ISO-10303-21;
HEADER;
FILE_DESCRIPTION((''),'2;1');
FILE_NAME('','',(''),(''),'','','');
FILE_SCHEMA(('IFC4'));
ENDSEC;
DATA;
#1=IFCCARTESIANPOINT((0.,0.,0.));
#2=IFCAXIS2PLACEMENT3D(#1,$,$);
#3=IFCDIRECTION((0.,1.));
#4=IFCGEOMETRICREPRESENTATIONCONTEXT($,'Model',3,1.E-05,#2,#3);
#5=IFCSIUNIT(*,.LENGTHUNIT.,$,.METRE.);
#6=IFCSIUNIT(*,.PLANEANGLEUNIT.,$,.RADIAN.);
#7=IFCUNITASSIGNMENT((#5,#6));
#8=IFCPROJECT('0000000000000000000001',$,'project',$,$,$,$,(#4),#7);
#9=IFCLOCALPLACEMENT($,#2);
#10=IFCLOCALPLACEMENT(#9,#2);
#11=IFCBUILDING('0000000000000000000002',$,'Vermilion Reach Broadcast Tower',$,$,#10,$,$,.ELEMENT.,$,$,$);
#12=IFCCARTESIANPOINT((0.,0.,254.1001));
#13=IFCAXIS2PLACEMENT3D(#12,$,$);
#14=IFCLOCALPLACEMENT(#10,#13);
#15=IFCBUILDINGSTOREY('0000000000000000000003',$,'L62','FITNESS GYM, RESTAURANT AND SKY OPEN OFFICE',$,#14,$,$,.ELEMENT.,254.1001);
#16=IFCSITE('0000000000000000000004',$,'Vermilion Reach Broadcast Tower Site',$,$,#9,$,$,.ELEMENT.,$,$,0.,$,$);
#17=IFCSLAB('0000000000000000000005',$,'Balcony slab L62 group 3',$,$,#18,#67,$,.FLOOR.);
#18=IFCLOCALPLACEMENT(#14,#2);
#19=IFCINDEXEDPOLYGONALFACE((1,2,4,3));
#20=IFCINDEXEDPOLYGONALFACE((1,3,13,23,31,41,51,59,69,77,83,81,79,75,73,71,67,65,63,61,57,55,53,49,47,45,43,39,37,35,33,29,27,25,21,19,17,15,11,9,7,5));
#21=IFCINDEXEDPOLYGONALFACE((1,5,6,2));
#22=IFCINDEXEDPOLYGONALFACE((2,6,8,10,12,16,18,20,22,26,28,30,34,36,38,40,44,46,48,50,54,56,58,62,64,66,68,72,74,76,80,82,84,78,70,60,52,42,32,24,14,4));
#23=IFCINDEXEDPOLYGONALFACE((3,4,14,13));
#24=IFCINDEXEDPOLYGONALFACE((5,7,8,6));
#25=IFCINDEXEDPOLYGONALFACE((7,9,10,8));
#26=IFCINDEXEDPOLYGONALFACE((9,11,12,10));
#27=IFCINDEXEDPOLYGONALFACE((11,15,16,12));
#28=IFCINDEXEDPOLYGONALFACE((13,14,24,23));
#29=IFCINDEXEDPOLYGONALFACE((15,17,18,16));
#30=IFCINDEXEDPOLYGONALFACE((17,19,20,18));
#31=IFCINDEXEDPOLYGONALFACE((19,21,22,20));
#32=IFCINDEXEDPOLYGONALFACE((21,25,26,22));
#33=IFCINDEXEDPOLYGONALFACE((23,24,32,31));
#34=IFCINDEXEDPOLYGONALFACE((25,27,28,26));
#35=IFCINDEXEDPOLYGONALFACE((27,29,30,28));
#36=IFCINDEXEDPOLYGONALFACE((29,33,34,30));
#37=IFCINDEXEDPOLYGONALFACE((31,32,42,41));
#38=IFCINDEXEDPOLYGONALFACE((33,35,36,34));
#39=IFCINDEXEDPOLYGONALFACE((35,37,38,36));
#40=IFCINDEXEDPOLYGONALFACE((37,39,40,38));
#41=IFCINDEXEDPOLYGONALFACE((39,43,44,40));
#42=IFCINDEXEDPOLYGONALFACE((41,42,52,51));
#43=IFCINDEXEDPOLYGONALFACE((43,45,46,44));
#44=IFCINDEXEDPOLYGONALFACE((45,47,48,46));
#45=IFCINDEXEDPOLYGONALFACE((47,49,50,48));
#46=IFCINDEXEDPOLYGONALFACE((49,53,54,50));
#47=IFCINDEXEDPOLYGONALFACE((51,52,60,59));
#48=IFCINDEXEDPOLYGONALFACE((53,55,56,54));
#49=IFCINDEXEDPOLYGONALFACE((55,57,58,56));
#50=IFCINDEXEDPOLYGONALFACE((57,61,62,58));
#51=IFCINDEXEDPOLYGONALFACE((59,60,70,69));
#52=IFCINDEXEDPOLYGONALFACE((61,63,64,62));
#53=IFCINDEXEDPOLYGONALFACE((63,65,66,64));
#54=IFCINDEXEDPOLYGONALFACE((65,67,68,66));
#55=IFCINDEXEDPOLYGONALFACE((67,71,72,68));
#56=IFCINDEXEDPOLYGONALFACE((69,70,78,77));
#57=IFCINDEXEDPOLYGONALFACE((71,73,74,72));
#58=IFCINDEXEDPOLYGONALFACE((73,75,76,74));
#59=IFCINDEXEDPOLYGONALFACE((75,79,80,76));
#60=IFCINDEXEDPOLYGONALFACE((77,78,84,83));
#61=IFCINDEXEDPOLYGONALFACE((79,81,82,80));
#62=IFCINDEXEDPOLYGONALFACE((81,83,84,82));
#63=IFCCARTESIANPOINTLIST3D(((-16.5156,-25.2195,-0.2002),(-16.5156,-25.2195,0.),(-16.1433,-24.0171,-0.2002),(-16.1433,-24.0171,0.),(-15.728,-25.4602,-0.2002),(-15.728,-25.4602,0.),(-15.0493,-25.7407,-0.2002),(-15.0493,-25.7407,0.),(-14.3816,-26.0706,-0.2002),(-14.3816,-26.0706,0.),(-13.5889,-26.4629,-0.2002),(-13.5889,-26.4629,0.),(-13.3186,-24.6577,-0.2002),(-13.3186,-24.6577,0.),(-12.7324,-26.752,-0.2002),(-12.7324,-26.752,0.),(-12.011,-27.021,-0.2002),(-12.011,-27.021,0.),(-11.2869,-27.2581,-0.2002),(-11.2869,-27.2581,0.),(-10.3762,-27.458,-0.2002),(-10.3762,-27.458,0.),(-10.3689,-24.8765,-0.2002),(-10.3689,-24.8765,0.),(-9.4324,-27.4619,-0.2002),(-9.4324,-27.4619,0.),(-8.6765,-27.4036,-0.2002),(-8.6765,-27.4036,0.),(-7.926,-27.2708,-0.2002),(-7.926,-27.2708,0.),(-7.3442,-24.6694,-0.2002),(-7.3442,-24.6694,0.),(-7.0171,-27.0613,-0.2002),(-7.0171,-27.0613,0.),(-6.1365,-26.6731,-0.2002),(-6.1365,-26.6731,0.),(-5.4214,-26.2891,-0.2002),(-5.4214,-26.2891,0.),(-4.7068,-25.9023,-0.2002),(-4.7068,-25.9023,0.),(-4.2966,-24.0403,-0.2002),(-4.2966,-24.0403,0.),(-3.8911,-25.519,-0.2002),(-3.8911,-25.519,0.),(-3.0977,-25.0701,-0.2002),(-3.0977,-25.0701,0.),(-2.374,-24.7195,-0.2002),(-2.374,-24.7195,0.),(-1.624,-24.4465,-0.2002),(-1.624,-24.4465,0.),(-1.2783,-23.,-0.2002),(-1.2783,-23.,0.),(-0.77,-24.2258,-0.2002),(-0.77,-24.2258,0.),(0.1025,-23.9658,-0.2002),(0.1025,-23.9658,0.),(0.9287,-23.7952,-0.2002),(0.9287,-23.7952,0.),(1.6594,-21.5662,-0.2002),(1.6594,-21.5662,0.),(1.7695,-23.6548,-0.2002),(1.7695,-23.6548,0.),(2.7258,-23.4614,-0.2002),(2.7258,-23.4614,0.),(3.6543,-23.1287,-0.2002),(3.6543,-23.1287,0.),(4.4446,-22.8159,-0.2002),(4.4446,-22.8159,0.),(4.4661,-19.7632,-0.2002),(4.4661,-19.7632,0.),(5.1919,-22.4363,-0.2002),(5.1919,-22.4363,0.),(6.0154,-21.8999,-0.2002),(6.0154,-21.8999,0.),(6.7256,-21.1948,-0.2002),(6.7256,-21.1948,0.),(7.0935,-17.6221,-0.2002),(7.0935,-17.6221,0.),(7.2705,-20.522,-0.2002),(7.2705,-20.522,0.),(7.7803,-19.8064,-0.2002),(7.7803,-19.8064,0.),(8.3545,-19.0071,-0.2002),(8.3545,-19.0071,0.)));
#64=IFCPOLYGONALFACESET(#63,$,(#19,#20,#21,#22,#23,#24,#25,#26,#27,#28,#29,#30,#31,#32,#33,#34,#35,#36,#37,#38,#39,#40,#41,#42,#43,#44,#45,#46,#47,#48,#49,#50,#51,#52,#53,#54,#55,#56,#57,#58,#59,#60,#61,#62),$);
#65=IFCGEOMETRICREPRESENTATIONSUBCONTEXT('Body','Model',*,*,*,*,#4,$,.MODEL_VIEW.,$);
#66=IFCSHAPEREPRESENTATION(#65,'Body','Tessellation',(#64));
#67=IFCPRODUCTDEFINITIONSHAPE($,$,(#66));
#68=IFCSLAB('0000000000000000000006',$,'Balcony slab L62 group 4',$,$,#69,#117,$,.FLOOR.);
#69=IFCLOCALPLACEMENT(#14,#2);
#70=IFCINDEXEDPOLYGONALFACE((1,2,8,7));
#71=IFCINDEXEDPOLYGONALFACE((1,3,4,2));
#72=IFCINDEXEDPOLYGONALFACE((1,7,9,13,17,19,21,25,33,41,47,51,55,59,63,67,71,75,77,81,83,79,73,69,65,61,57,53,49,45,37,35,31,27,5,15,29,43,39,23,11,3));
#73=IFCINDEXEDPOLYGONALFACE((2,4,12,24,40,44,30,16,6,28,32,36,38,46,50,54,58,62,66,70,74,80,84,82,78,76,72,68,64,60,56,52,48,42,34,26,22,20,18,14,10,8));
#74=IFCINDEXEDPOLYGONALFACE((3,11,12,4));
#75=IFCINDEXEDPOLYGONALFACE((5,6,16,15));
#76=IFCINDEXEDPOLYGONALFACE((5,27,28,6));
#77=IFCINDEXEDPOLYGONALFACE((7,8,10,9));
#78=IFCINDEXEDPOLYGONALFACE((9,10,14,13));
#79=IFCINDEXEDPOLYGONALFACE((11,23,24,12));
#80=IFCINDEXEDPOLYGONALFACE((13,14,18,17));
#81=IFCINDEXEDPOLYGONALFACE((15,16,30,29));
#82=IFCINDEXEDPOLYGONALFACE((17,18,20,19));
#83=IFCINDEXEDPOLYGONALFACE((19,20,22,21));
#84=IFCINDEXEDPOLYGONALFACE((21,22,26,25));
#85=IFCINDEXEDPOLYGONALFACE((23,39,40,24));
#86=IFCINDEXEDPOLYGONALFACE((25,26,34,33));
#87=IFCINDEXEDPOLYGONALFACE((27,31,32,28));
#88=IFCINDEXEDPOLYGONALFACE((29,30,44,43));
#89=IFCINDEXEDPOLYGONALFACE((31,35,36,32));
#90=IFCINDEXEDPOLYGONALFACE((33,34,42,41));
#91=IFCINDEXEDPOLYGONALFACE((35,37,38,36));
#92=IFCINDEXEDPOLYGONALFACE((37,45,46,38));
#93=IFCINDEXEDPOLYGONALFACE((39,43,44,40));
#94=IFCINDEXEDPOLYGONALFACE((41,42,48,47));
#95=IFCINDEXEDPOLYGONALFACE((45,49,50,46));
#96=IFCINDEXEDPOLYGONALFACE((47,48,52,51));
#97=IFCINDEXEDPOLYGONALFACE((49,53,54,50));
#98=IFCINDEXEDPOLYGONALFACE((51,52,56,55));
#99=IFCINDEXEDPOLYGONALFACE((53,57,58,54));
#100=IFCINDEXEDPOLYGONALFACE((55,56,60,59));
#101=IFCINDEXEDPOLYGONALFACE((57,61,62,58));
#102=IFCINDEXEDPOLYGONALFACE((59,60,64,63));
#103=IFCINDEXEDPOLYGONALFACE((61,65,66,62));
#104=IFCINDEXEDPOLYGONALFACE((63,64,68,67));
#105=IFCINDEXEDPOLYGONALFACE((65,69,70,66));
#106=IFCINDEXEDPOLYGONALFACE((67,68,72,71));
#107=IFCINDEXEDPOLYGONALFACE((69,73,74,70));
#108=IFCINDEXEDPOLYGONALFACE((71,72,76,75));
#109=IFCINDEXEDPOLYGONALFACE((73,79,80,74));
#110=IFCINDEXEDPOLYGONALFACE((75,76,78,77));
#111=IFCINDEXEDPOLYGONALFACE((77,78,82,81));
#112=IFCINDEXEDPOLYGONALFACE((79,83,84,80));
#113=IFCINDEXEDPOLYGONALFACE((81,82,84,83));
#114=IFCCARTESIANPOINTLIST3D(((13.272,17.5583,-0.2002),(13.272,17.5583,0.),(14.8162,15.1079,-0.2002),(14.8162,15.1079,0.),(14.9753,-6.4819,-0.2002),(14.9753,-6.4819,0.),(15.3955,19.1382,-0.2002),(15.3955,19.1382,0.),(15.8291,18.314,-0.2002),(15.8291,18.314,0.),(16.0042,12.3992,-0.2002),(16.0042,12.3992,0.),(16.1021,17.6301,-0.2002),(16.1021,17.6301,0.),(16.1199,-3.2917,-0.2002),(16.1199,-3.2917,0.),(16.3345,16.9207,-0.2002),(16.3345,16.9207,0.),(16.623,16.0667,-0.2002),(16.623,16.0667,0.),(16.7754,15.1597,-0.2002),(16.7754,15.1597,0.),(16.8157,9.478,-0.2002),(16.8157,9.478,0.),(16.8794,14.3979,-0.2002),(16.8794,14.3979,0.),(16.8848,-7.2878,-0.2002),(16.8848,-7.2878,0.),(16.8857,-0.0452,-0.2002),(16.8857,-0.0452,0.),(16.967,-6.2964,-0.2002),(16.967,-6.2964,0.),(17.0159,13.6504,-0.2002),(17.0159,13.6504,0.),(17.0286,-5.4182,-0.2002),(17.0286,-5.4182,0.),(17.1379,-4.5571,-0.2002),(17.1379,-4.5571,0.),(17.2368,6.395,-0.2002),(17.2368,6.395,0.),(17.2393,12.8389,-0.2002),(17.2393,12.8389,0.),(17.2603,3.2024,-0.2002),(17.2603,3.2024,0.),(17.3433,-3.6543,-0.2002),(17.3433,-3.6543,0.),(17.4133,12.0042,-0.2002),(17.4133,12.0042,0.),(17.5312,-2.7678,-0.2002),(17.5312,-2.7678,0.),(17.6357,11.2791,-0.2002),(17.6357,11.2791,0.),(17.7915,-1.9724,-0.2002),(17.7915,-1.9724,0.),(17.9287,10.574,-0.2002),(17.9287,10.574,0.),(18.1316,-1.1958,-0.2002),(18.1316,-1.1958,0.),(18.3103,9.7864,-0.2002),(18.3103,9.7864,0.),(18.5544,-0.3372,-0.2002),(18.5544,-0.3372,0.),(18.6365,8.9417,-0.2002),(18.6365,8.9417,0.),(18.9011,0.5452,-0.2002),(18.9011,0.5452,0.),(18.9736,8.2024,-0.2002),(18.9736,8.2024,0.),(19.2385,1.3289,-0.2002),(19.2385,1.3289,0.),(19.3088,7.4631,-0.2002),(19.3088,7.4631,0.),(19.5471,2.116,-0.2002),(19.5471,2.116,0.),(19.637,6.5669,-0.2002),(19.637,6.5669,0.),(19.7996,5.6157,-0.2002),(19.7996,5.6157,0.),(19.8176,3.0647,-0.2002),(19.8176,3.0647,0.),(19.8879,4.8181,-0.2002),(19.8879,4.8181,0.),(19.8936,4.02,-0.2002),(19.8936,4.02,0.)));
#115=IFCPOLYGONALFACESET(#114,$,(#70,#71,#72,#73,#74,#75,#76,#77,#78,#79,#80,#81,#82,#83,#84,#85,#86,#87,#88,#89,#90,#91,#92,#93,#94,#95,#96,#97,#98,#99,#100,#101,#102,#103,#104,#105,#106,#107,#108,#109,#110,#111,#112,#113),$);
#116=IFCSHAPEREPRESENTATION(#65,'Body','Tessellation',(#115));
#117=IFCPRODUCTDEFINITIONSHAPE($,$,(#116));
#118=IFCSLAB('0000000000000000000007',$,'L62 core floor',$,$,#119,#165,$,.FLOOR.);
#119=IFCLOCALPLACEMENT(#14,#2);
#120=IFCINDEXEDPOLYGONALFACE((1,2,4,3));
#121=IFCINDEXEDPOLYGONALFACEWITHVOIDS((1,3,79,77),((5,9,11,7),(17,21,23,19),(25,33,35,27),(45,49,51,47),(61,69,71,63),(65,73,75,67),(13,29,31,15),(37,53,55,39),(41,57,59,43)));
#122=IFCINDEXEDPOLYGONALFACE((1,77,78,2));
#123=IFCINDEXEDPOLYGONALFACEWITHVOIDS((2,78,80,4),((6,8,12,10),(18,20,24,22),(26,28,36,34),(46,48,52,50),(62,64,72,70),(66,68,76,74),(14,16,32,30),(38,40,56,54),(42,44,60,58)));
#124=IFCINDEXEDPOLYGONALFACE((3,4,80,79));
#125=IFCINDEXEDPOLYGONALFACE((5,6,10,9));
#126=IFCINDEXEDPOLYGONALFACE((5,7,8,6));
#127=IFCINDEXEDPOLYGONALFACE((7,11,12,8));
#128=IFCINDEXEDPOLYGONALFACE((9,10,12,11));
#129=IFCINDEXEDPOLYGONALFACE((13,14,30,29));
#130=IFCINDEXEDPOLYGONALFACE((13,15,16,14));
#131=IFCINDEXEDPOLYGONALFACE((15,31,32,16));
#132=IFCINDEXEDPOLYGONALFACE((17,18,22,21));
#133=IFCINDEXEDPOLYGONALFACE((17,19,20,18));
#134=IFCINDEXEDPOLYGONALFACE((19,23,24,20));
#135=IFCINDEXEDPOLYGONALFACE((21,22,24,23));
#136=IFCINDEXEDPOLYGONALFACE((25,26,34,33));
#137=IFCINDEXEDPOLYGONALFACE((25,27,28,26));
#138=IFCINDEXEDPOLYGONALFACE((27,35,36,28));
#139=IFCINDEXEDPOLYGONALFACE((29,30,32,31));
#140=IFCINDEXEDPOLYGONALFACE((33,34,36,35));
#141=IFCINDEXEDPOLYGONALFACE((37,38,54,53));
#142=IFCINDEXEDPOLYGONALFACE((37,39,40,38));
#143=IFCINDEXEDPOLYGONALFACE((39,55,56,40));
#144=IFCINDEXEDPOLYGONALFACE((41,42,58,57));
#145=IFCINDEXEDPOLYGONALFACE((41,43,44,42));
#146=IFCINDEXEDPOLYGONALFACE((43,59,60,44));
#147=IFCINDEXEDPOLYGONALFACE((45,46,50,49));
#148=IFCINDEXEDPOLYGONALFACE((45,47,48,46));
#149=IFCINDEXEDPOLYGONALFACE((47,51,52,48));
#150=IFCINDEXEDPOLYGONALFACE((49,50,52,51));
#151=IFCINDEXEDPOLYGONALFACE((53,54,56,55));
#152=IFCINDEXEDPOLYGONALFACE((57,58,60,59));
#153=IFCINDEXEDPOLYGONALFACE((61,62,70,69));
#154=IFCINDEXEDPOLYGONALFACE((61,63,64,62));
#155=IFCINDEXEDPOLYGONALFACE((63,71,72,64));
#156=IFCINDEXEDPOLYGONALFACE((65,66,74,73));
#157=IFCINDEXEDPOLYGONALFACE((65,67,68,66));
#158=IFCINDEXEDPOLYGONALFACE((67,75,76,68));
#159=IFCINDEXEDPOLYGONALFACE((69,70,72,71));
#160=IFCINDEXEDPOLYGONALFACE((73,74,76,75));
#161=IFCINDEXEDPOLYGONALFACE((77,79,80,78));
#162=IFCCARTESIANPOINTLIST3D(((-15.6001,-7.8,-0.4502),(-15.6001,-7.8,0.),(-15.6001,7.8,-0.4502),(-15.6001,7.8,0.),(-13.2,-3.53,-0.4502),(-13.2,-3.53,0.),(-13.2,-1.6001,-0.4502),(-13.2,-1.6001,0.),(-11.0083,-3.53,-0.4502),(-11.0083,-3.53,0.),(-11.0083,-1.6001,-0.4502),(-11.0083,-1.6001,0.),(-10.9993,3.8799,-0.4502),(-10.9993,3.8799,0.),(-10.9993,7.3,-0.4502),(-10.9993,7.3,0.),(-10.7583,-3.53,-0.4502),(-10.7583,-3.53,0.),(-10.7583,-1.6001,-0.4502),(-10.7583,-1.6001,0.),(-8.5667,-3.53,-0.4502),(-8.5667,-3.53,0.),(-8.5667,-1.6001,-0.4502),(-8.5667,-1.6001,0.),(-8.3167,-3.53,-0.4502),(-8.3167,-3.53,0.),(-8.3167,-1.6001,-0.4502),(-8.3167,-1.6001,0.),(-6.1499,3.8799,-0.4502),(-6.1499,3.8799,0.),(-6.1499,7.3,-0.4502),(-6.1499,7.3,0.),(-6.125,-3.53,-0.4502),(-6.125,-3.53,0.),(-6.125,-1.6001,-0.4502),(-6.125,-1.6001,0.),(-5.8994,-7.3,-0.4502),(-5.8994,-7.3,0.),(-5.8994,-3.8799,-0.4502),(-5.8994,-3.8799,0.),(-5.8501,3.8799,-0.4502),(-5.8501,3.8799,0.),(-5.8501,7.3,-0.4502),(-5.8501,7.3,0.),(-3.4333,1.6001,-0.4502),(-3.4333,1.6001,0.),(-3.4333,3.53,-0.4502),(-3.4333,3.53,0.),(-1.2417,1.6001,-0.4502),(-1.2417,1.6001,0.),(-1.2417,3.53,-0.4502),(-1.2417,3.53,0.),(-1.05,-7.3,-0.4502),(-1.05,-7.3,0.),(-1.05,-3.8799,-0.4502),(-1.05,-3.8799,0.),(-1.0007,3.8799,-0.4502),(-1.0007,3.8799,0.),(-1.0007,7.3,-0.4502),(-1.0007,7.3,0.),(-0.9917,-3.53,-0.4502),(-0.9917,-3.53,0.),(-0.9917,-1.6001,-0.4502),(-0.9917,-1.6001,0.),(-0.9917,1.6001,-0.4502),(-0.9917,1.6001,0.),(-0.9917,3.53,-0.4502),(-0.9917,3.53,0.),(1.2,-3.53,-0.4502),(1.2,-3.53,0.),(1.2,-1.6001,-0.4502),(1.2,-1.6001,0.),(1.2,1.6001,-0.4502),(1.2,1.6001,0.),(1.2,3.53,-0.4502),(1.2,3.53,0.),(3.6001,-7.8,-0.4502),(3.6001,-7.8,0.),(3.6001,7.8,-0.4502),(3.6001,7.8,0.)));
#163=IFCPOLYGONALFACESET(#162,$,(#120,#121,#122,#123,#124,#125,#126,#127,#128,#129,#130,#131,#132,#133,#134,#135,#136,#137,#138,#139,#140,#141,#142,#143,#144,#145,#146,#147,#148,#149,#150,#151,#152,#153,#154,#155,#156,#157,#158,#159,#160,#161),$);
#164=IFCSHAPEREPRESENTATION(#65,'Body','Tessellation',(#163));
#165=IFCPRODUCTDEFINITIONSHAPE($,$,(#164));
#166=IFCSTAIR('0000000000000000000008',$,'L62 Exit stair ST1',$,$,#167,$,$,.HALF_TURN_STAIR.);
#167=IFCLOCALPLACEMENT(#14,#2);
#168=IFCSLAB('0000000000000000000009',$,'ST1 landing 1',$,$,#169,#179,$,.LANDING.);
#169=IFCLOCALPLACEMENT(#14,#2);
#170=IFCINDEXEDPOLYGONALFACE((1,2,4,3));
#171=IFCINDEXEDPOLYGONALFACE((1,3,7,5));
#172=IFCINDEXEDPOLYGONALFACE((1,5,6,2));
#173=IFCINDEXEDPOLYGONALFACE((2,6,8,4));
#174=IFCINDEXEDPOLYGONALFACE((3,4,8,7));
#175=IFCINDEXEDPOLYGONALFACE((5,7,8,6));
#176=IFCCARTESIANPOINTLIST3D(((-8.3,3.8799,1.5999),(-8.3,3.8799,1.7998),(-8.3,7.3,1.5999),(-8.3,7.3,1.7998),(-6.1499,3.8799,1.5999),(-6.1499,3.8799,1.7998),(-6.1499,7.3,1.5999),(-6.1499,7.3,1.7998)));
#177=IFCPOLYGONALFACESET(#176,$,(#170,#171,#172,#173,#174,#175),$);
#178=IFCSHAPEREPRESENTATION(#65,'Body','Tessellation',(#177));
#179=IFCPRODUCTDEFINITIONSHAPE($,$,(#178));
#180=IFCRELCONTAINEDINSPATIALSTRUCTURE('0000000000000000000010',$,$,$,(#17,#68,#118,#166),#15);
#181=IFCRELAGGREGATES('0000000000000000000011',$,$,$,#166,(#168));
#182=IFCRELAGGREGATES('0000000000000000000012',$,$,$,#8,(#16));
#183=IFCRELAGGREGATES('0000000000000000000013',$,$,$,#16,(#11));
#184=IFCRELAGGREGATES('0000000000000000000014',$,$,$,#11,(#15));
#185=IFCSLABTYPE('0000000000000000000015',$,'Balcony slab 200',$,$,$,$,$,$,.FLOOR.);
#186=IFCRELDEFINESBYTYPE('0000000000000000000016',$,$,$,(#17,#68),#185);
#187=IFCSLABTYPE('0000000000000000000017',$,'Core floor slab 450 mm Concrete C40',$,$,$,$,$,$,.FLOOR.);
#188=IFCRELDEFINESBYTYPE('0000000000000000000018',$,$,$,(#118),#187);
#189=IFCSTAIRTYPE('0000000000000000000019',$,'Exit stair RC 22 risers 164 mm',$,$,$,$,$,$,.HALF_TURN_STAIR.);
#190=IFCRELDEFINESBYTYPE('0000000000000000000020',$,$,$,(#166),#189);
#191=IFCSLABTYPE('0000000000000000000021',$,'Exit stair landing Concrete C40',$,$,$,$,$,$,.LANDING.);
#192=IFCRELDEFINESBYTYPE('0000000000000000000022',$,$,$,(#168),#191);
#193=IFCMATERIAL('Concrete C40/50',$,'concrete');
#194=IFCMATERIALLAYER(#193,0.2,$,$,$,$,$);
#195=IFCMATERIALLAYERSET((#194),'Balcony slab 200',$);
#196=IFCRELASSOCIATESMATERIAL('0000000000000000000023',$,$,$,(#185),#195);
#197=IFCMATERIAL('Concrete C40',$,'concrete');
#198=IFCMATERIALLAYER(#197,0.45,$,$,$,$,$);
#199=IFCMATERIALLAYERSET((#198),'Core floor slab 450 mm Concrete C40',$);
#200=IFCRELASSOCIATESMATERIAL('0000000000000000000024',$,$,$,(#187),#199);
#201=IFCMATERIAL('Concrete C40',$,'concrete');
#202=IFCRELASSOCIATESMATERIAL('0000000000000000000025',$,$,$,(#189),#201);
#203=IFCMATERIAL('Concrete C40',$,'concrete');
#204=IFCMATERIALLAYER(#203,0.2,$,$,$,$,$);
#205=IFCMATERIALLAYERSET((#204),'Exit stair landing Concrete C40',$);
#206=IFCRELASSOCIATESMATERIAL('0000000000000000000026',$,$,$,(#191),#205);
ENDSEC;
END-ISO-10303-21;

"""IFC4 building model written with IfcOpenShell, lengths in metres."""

from ifc_helpers import new_model, si_unit, direction, frame, origin, place, context, subcontext, project, spatial, polyline, outline, extrude, material, layer, layer_set, type_object, element, aggregate, save


model = new_model("IFC4")

# Units and contexts
model_context = context("Model", 3, precision=1e-05, world=origin(), true_north=direction((0.0, 1.0)))
body_context = subcontext(model_context, "Body", "Model", "MODEL_VIEW")
ifc_project = project(units=[si_unit("LENGTHUNIT", "METRE"), si_unit("PLANEANGLEUNIT", "RADIAN")], contexts=[model_context])

# Site, building, storey
site_placement = place(None, origin())
site = spatial("IfcSite", under=ifc_project, at=site_placement, Name="Vermilion Reach Broadcast Tower Site", CompositionType="ELEMENT", RefElevation=0.0)
building_placement = place(site_placement, origin())
building = spatial("IfcBuilding", under=site, at=building_placement, Name="Vermilion Reach Broadcast Tower", CompositionType="ELEMENT")
storey_placement = place(building_placement, frame((0.0, 0.0, 254.1001)))
storey = spatial("IfcBuildingStorey", under=building, at=storey_placement, Name="L62", Description="FITNESS GYM, RESTAURANT AND SKY OPEN OFFICE", CompositionType="ELEMENT", Elevation=254.1001)

# Slabs
ifc_material_1 = material(Name="Concrete C40/50", Category="concrete")
ifc_layer_1 = layer(ifc_material_1, 0.2)
ifc_layer_set_1 = layer_set([ifc_layer_1], Name="Balcony slab 200")
slab_type_1 = type_object("IfcSlabType", Name="Balcony slab 200", PredefinedType="FLOOR", material=ifc_layer_set_1)
placement_1 = place(storey_placement, frame((0.0, 0.0, -0.2002)))
element("IfcSlab", 1, at=placement_1, inside=storey, type_object=slab_type_1, Name="Balcony slab L62 group 3", PredefinedType="FLOOR", context=body_context, shape_type="SweptSolid", body=[
    extrude(outline(polyline([(-16.1433, -24.0171), (-13.3186, -24.6577), (-10.3689, -24.8765), (-7.3442, -24.6694), (-4.2966, -24.0403), (-1.2783, -23.0), (1.6594, -21.5662), (4.4661, -19.7632), (7.0935, -17.6221), (8.3545, -19.0071), (7.7803, -19.8064), (7.2705, -20.522), (6.7256, -21.1948), (6.0154, -21.8999), (5.1919, -22.4363), (4.4446, -22.8159), (3.6543, -23.1287), (2.7258, -23.4614), (1.7695, -23.6548), (0.9287, -23.7952), (0.1025, -23.9658), (-0.77, -24.2258), (-1.624, -24.4465), (-2.374, -24.7195), (-3.0977, -25.0701), (-3.8911, -25.519), (-4.7068, -25.9023), (-5.4214, -26.2891), (-6.1365, -26.6731), (-7.0171, -27.0613), (-7.926, -27.2708), (-8.6765, -27.4036), (-9.4324, -27.4619), (-10.3762, -27.458), (-11.2869, -27.2581), (-12.011, -27.021), (-12.7324, -26.752), (-13.5889, -26.4629), (-14.3816, -26.0706), (-15.0493, -25.7407), (-15.728, -25.4602), (-16.5156, -25.2195), (-16.1433, -24.0171)])), origin(), (0.0, 0.0, 1.0), 0.2002),
])
element("IfcSlab", 2, at=placement_1, inside=storey, type_object=slab_type_1, Name="Balcony slab L62 group 4", PredefinedType="FLOOR", context=body_context, shape_type="SweptSolid", body=[
    extrude(outline(polyline([(14.9753, -6.4819), (16.1199, -3.2917), (16.8857, -0.0452), (17.2603, 3.2024), (17.2368, 6.395), (16.8157, 9.478), (16.0042, 12.3992), (14.8162, 15.1079), (13.272, 17.5583), (15.3955, 19.1382), (15.8291, 18.314), (16.1021, 17.6301), (16.3345, 16.9207), (16.623, 16.0667), (16.7754, 15.1597), (16.8794, 14.3979), (17.0159, 13.6504), (17.2393, 12.8389), (17.4133, 12.0042), (17.6357, 11.2791), (17.9287, 10.574), (18.3103, 9.7864), (18.6365, 8.9417), (18.9736, 8.2024), (19.3088, 7.4631), (19.637, 6.5669), (19.7996, 5.6157), (19.8879, 4.8181), (19.8936, 4.02), (19.8176, 3.0647), (19.5471, 2.116), (19.2385, 1.3289), (18.9011, 0.5452), (18.5544, -0.3372), (18.1316, -1.1958), (17.7915, -1.9724), (17.5312, -2.7678), (17.3433, -3.6543), (17.1379, -4.5571), (17.0286, -5.4182), (16.967, -6.2964), (16.8848, -7.2878), (14.9753, -6.4819)])), origin(), (0.0, 0.0, 1.0), 0.2002),
])
ifc_material_2 = material(Name="Concrete C40", Category="concrete")
ifc_layer_2 = layer(ifc_material_2, 0.45)
ifc_layer_set_2 = layer_set([ifc_layer_2], Name="Core floor slab 450 mm Concrete C40")
slab_type_2 = type_object("IfcSlabType", Name="Core floor slab 450 mm Concrete C40", PredefinedType="FLOOR", material=ifc_layer_set_2)
slab_1_placement = place(storey_placement, frame((0.0, 0.0, -0.4502)))
element("IfcSlab", 3, at=slab_1_placement, inside=storey, type_object=slab_type_2, Name="L62 core floor", PredefinedType="FLOOR", context=body_context, shape_type="SweptSolid", body=[
    extrude(outline(polyline([(-15.6001, -7.8), (3.6001, -7.8), (3.6001, 7.8), (-15.6001, 7.8), (-15.6001, -7.8)]), holes=[polyline([(-3.4333, 1.6001), (-1.2417, 1.6001), (-1.2417, 3.53), (-3.4333, 3.53), (-3.4333, 1.6001)]), polyline([(-0.9917, 1.6001), (1.2, 1.6001), (1.2, 3.53), (-0.9917, 3.53), (-0.9917, 1.6001)]), polyline([(-13.2, -3.53), (-11.0083, -3.53), (-11.0083, -1.6001), (-13.2, -1.6001), (-13.2, -3.53)]), polyline([(-10.7583, -3.53), (-8.5667, -3.53), (-8.5667, -1.6001), (-10.7583, -1.6001), (-10.7583, -3.53)]), polyline([(-8.3167, -3.53), (-6.125, -3.53), (-6.125, -1.6001), (-8.3167, -1.6001), (-8.3167, -3.53)]), polyline([(-0.9917, -3.53), (1.2, -3.53), (1.2, -1.6001), (-0.9917, -1.6001), (-0.9917, -3.53)]), polyline([(-10.9993, 3.8799), (-6.1499, 3.8799), (-6.1499, 7.3), (-10.9993, 7.3), (-10.9993, 3.8799)]), polyline([(-1.0007, 7.3), (-5.8501, 7.3), (-5.8501, 3.8799), (-1.0007, 3.8799), (-1.0007, 7.3)]), polyline([(-5.8994, -7.3), (-1.05, -7.3), (-1.05, -3.8799), (-5.8994, -3.8799), (-5.8994, -7.3)])]), origin(), (0.0, 0.0, 1.0), 0.4502),
])

# Stair, slab
ifc_material_3 = material(Name="Concrete C40", Category="concrete")
stair_type = type_object("IfcStairType", Name="Exit stair RC 22 risers 164 mm", PredefinedType="HALF_TURN_STAIR", material=ifc_material_3)
placement_2 = place(storey_placement, origin())
stair_1 = element("IfcStair", 4, at=placement_2, inside=storey, type_object=stair_type, Name="L62 Exit stair ST1", PredefinedType="HALF_TURN_STAIR")
ifc_material_4 = material(Name="Concrete C40", Category="concrete")
ifc_layer_3 = layer(ifc_material_4, 0.2)
ifc_layer_set_3 = layer_set([ifc_layer_3], Name="Exit stair landing Concrete C40")
slab_type_3 = type_object("IfcSlabType", Name="Exit stair landing Concrete C40", PredefinedType="LANDING", material=ifc_layer_set_3)
placement_3 = place(storey_placement, frame((0.0, 0.0, 1.5999)))
slab_2 = element("IfcSlab", 5, at=placement_3, type_object=slab_type_3, Name="ST1 landing 1", PredefinedType="LANDING", context=body_context, shape_type="SweptSolid", body=[
    extrude(outline(polyline([(-8.3, 3.8799), (-6.1499, 3.8799), (-6.1499, 7.3), (-8.3, 7.3), (-8.3, 3.8799)])), origin(), (0.0, 0.0, 1.0), 0.2),
])
aggregate(stair_1, [slab_2])

save(model, "model.ifc")
